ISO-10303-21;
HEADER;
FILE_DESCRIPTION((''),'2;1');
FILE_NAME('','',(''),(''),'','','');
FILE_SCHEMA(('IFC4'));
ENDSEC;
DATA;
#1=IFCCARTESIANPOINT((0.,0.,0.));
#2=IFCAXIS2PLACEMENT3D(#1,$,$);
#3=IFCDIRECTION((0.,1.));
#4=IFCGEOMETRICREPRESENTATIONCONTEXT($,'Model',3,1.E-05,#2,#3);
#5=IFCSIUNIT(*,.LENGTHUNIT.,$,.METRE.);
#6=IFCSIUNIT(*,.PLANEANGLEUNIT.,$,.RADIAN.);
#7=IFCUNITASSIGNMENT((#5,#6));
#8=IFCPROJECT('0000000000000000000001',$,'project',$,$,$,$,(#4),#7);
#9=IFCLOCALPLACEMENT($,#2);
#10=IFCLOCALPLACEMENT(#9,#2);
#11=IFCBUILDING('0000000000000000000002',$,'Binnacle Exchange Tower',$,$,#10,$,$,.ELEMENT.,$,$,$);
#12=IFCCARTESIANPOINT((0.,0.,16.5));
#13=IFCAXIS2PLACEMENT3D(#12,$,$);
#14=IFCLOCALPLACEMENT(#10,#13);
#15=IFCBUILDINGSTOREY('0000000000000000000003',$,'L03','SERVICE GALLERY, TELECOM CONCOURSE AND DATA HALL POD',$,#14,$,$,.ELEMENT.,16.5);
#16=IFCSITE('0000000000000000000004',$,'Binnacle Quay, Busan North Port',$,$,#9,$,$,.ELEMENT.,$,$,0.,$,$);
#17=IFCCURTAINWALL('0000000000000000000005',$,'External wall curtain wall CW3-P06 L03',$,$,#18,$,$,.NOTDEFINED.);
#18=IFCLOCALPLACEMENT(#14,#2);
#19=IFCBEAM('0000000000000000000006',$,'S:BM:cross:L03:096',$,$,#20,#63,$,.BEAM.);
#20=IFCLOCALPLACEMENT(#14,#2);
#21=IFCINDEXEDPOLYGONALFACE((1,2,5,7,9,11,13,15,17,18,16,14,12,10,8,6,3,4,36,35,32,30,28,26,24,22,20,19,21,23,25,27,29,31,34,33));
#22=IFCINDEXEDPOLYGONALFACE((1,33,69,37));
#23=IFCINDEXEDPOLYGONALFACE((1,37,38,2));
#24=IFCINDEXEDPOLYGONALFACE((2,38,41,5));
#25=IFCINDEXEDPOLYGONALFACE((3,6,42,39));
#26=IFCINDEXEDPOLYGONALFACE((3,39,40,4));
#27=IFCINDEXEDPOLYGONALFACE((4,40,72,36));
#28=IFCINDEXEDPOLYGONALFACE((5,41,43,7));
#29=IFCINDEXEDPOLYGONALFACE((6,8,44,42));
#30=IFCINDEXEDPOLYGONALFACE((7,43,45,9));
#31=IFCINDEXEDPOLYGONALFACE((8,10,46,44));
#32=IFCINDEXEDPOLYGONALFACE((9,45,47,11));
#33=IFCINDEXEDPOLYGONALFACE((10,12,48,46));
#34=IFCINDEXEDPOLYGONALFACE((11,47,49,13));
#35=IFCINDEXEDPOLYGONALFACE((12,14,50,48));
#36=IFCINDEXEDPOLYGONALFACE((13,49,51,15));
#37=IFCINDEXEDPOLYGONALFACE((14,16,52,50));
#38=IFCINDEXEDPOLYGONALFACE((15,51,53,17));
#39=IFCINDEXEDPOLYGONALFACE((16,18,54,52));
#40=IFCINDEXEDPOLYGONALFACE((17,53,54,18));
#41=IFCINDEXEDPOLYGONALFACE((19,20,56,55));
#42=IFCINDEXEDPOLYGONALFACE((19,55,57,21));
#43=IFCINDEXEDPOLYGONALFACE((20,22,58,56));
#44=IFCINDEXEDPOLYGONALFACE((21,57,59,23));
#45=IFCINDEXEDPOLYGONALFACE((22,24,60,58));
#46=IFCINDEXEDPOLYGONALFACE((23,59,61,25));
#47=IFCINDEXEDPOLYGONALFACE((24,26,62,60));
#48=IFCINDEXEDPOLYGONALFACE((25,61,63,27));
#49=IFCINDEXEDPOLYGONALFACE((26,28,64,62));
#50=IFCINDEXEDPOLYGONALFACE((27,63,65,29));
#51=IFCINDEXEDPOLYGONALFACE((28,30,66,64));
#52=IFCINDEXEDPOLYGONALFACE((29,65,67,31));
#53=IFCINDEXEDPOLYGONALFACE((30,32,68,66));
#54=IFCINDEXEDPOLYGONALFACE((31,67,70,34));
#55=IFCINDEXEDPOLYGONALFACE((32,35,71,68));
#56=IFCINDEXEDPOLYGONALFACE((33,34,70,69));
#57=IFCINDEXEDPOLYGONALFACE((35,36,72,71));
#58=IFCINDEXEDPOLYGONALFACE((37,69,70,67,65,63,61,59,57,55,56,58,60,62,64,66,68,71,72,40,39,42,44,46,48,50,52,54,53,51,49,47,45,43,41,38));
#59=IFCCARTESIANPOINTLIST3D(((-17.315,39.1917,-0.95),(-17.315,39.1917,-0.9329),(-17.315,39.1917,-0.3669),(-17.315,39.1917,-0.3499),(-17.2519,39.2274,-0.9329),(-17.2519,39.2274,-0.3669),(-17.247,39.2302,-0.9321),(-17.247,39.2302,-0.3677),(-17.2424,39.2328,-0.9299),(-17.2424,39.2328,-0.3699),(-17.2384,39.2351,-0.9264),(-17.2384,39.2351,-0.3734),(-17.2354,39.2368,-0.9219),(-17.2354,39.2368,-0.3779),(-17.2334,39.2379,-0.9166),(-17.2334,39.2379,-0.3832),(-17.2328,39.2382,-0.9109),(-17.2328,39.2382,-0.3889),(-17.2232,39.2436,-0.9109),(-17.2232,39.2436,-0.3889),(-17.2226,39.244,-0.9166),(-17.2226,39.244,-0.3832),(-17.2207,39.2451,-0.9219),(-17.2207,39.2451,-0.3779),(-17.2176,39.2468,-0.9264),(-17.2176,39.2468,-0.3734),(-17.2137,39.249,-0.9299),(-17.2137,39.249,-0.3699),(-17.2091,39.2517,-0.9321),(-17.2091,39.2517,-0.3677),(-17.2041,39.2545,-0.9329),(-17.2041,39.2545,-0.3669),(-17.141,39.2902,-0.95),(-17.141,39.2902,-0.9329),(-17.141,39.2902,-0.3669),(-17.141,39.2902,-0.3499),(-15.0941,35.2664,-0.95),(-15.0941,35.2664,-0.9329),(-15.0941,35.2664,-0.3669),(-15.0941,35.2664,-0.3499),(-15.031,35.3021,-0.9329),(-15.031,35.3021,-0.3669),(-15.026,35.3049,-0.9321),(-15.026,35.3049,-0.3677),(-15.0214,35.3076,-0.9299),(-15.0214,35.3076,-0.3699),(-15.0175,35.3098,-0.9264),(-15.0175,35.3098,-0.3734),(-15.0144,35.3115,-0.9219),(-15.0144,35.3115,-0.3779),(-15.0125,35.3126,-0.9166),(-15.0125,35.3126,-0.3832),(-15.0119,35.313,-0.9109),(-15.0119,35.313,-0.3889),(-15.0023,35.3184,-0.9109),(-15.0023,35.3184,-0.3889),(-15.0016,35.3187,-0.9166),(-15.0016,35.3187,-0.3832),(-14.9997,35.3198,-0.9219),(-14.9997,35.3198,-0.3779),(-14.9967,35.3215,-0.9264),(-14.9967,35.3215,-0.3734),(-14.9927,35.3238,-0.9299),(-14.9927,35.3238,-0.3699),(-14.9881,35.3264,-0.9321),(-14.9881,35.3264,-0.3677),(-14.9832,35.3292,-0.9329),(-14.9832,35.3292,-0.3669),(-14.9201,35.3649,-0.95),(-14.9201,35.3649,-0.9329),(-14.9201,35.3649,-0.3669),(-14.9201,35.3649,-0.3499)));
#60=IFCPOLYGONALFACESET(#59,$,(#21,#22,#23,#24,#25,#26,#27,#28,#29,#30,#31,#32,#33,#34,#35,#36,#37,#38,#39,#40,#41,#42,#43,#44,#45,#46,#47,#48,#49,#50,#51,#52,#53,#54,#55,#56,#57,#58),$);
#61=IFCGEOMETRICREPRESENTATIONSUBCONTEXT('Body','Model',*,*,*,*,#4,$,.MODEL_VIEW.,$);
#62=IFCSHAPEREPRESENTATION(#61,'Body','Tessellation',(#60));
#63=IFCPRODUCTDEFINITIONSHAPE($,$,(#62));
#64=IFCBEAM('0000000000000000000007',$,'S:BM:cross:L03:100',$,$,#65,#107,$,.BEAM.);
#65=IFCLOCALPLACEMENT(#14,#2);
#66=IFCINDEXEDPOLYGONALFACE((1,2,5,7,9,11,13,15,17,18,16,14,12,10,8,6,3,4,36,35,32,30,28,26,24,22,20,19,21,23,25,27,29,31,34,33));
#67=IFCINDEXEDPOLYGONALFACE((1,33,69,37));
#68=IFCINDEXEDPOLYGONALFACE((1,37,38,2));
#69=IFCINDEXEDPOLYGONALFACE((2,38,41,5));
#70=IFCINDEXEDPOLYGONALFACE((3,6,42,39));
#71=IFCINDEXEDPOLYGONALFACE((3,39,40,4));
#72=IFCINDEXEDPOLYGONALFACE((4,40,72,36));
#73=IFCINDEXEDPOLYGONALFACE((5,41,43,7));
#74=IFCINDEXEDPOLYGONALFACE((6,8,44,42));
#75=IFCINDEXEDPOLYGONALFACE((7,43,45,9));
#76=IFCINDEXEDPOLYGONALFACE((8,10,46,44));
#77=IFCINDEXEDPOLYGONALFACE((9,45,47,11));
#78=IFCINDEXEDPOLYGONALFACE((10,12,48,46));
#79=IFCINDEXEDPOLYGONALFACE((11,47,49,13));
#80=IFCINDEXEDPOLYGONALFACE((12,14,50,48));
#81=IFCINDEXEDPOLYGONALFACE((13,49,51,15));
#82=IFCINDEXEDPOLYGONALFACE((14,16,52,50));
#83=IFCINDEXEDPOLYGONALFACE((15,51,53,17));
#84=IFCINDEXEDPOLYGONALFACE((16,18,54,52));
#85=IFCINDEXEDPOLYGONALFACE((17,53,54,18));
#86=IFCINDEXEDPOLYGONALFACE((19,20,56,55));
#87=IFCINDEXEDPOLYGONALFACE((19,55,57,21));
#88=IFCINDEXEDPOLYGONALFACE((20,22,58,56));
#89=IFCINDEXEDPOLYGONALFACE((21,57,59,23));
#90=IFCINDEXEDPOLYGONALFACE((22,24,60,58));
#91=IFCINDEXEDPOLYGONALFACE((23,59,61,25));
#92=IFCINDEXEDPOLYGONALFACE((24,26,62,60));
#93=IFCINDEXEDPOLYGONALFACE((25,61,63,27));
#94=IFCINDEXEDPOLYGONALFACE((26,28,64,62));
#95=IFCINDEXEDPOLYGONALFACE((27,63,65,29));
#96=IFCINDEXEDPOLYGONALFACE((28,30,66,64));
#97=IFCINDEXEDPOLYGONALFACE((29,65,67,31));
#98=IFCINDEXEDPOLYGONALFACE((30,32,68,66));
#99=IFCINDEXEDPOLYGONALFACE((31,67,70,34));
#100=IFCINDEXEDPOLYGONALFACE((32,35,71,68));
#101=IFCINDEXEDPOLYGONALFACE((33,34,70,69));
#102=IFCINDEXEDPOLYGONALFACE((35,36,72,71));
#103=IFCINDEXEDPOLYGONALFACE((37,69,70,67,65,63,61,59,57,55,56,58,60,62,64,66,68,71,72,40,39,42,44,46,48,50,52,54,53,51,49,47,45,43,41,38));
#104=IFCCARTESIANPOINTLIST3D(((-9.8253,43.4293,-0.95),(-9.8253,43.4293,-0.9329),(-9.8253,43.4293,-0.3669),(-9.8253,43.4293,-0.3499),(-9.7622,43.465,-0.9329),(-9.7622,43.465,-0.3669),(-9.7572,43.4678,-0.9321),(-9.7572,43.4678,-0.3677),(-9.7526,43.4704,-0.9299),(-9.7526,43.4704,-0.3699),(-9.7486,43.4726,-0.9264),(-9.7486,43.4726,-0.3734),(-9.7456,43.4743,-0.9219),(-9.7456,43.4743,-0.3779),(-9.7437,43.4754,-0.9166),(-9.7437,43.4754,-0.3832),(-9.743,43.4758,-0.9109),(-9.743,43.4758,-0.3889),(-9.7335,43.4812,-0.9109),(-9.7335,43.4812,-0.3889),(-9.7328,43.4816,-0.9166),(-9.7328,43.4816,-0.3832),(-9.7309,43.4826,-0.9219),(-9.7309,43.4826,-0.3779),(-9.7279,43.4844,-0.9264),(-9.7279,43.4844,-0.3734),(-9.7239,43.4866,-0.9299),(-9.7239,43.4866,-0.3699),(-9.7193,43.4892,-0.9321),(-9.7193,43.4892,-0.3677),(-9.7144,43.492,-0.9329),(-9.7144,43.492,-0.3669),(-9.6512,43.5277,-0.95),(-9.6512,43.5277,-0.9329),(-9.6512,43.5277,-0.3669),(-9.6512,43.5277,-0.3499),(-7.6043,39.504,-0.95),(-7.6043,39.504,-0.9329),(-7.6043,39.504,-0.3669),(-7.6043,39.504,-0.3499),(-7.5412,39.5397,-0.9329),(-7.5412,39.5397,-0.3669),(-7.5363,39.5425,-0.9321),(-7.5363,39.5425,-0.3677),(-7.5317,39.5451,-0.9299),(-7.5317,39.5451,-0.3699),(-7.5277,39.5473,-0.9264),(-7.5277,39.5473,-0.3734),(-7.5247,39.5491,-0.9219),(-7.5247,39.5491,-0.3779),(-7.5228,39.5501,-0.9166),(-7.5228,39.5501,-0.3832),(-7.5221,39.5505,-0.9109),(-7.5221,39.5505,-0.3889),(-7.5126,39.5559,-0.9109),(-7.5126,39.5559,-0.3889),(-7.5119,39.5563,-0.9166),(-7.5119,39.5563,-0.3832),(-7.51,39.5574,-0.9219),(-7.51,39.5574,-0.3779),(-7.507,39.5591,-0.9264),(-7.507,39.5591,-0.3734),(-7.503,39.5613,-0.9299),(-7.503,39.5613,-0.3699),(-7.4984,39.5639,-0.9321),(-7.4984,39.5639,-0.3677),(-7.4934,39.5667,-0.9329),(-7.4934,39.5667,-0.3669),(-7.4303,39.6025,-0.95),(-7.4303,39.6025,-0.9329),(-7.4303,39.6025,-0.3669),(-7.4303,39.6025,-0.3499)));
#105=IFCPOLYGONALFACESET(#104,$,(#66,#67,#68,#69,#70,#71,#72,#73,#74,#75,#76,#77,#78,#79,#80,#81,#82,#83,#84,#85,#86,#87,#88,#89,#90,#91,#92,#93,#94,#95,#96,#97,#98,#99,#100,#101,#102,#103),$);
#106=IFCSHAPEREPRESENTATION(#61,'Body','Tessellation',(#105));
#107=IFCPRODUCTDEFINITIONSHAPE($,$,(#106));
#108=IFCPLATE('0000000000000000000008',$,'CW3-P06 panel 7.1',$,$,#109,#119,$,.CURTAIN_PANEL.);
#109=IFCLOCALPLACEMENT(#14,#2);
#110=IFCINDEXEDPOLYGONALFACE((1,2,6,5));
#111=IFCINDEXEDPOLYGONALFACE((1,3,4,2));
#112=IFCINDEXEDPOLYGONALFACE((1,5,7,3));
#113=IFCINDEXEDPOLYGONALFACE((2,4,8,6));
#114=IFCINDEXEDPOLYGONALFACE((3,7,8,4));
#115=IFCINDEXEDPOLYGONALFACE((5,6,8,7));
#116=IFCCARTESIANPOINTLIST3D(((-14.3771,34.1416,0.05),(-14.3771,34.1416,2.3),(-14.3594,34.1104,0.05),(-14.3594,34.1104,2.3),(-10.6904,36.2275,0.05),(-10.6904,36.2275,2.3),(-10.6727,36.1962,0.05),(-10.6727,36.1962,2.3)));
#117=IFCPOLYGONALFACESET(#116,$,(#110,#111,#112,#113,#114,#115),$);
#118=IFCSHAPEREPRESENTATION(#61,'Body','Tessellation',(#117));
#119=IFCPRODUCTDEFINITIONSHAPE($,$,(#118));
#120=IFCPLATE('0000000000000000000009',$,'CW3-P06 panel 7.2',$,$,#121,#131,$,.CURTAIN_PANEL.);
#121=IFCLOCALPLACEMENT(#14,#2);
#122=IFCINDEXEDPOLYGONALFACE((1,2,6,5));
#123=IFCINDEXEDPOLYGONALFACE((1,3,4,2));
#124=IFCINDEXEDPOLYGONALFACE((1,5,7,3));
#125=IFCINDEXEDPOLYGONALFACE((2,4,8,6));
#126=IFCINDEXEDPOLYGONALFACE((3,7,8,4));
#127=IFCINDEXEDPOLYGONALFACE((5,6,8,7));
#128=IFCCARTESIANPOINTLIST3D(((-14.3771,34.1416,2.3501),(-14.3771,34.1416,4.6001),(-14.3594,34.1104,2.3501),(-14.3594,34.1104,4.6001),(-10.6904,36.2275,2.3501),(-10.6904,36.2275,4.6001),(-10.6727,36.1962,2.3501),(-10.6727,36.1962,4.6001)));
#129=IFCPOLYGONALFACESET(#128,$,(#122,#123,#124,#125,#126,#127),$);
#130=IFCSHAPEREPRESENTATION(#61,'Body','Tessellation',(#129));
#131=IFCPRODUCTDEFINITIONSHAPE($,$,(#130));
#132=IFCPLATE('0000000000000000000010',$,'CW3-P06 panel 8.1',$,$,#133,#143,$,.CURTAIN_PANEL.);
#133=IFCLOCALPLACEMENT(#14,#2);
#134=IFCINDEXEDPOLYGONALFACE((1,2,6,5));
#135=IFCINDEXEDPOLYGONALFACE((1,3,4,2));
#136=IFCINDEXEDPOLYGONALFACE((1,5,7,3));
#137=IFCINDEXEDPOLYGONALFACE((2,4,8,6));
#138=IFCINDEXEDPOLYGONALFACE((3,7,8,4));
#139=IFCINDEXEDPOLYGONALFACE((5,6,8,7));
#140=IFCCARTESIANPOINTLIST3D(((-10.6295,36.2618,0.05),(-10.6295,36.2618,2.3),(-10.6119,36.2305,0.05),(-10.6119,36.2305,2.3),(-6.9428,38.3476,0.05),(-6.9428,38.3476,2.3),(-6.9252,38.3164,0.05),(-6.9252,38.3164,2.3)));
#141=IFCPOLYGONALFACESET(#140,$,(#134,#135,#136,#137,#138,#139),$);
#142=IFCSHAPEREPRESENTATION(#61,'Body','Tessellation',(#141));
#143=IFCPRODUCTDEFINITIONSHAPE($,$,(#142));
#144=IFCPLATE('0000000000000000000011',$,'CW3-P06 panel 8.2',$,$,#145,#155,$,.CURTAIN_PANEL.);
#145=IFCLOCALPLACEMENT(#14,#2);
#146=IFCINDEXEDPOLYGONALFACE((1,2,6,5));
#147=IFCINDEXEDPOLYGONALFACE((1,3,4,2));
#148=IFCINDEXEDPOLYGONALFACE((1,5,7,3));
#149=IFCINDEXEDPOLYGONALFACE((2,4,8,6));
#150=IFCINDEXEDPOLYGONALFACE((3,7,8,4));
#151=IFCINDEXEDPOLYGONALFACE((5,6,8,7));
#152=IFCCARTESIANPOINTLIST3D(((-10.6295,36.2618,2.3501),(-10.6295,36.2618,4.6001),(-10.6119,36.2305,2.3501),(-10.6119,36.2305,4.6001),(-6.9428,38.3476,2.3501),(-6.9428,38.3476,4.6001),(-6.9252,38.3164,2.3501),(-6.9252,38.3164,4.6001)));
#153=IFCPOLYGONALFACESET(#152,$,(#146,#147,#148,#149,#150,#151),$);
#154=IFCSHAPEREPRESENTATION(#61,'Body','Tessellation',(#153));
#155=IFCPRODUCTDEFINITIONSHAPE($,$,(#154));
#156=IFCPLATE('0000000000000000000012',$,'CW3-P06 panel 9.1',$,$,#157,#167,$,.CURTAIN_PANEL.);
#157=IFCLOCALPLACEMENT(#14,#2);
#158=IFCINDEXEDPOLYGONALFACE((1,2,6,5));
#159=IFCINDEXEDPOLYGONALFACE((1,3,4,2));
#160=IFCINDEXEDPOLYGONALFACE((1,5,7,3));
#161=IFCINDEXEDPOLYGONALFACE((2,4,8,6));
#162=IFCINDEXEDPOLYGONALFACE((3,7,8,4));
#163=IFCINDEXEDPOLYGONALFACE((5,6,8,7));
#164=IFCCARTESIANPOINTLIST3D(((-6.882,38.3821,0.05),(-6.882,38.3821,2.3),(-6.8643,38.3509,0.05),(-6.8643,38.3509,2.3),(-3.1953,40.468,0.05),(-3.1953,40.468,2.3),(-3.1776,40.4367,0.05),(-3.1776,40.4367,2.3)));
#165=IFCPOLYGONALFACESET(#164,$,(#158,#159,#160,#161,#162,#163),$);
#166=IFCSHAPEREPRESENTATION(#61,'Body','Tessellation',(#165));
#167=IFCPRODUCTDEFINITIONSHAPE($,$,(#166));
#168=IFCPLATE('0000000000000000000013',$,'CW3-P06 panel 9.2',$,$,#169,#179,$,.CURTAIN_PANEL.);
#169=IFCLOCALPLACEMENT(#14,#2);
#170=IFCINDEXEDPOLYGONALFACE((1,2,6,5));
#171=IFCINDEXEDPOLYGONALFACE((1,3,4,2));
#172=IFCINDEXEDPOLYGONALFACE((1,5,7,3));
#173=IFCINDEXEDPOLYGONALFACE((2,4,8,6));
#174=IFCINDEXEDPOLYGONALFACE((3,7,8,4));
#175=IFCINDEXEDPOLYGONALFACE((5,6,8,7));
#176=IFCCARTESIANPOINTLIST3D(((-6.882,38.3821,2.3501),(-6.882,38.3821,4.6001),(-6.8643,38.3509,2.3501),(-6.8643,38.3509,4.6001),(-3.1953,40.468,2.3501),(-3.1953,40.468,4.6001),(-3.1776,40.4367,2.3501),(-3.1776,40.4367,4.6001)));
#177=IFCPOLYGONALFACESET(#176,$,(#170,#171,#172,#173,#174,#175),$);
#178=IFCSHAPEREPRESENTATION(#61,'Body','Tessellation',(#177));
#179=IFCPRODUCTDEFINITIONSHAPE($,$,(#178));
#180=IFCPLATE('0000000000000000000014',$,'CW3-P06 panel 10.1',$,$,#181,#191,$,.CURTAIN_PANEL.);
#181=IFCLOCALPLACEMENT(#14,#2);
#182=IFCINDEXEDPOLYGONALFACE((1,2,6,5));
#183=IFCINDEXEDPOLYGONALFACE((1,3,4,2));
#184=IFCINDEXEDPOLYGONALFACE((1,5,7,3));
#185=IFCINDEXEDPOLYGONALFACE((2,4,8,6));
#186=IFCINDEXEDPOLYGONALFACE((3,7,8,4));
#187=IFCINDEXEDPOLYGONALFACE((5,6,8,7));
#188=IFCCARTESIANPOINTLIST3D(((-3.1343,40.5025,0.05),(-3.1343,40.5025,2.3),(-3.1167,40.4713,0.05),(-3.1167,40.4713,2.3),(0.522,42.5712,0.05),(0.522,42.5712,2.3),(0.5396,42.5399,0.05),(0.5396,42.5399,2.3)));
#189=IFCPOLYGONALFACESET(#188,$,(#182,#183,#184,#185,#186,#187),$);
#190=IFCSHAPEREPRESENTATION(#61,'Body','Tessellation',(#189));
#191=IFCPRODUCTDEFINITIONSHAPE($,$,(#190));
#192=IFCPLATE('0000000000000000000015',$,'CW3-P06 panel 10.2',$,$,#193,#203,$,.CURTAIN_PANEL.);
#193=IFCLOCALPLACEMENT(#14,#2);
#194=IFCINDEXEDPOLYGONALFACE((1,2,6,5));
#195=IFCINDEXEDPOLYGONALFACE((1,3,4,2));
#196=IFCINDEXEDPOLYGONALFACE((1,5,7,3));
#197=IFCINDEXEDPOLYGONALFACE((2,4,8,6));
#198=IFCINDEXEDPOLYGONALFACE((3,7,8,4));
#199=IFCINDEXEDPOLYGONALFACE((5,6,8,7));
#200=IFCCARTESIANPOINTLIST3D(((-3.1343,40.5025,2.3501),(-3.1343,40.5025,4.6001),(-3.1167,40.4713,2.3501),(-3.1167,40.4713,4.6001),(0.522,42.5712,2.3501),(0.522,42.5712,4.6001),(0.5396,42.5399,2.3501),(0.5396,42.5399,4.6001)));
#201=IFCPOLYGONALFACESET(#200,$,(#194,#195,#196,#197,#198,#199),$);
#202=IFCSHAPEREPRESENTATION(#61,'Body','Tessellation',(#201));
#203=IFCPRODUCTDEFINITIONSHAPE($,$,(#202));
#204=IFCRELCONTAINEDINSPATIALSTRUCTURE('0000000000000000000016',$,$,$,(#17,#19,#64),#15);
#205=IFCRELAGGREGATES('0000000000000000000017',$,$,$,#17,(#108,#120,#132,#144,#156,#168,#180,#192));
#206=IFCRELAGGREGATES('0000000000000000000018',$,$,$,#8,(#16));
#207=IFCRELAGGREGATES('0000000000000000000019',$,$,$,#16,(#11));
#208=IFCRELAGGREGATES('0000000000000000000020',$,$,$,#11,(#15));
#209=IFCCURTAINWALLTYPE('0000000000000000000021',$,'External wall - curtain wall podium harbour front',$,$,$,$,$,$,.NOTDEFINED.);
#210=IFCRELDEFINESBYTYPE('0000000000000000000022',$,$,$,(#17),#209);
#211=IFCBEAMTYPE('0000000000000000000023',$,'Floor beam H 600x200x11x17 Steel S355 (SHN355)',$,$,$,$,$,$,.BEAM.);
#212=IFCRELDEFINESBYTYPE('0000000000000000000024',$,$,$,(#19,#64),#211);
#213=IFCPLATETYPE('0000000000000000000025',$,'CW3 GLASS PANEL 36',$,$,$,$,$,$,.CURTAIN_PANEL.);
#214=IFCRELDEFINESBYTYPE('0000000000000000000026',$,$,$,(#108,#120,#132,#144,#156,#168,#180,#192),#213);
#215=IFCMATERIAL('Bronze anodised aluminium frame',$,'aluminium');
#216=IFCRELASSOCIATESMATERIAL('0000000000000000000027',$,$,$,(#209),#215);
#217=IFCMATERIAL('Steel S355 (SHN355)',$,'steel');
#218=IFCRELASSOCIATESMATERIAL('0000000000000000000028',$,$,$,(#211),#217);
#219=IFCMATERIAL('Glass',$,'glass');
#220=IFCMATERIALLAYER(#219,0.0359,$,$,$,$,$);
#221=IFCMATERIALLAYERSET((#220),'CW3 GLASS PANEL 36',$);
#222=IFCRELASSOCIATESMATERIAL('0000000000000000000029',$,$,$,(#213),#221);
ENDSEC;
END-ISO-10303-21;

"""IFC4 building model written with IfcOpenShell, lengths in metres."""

from ifc_helpers import new_model, si_unit, direction, frame, origin, origin_2d, place, context, subcontext, project, spatial, rectangle, i_section, extrude, material, layer, layer_set, material_profile, profile_set, type_object, element, aggregate, save


model = new_model("IFC4")

# Units and contexts
model_context = context("Model", 3, precision=1e-05, world=origin(), true_north=direction((0.0, 1.0)))
body_context = subcontext(model_context, "Body", "Model", "MODEL_VIEW")
ifc_project = project(units=[si_unit("LENGTHUNIT", "METRE"), si_unit("PLANEANGLEUNIT", "RADIAN")], contexts=[model_context])

# Site, building, storey
site_placement = place(None, origin())
site = spatial("IfcSite", under=ifc_project, at=site_placement, Name="Binnacle Quay, Busan North Port", CompositionType="ELEMENT", RefElevation=0.0)
building_placement = place(site_placement, origin())
building = spatial("IfcBuilding", under=site, at=building_placement, Name="Binnacle Exchange Tower", CompositionType="ELEMENT")
storey_placement = place(building_placement, frame((0.0, 0.0, 16.5)))
storey = spatial("IfcBuildingStorey", under=building, at=storey_placement, Name="L03", Description="SERVICE GALLERY, TELECOM CONCOURSE AND DATA HALL POD", CompositionType="ELEMENT", Elevation=16.5)

# Curtain wall
ifc_material_1 = material(Name="Bronze anodised aluminium frame", Category="aluminium")
curtain_wall_type = type_object("IfcCurtainWallType", Name="External wall - curtain wall podium harbour front", PredefinedType="NOTDEFINED", material=ifc_material_1)
curtain_wall_placement = place(storey_placement, origin())
curtain_wall = element("IfcCurtainWall", 1, at=curtain_wall_placement, inside=storey, type_object=curtain_wall_type, Name="External wall curtain wall CW3-P06 L03", PredefinedType="NOTDEFINED")

# Beams
ifc_material_2 = material(Name="Steel S355 (SHN355)", Category="steel")
ifc_material_profile_1 = material_profile(ifc_material_2, i_section(OverallWidth=0.2, OverallDepth=0.6001, WebThickness=0.011, FlangeThickness=0.0171, FilletRadius=0.022, at=origin_2d()), Name="H 600x200x11x17")
ifc_profile_set_1 = profile_set([ifc_material_profile_1], Name="Steel S355 (SHN355)")
beam_type_1 = type_object("IfcBeamType", Name="Floor beam H 600x200x11x17 Steel S355 (SHN355)", PredefinedType="BEAM", material=ifc_profile_set_1)
for number, where, z_axis, x_axis, name in (
    (2, (-15.0071, 35.3157, -0.6499), (-0.492444, 0.870344, 0.0), (-0.870344, -0.492444, 0.0), "S:BM:cross:L03:096"),
    (3, (-7.5173, 39.5532, -0.6499), (-0.492444, 0.870344, 0.0), (-0.870344, -0.492444, 0.0), "S:BM:cross:L03:100"),
):
    element("IfcBeam", number, at=place(storey_placement, frame(where, z_axis=z_axis, x_axis=x_axis)), inside=storey, type_object=beam_type_1, Name=name, PredefinedType="BEAM", context=body_context, shape_type="SweptSolid", body=[
        extrude(i_section(OverallWidth=0.2, OverallDepth=0.6001, WebThickness=0.011, FlangeThickness=0.0171, FilletRadius=0.022, at=origin_2d()), origin(), (0.0, 0.0, 1.0), 4.51),
    ])

# Plates
ifc_material_3 = material(Name="Glass", Category="glass")
ifc_layer = layer(ifc_material_3, 0.0359)
ifc_layer_set = layer_set([ifc_layer], Name="CW3 GLASS PANEL 36")
plate_type = type_object("IfcPlateType", Name="CW3 GLASS PANEL 36", PredefinedType="CURTAIN_PANEL", material=ifc_layer_set)
plate_1_placement = place(storey_placement, frame((-12.5249, 35.1689, 0.05), z_axis=(0.0, 0.0, 1.0), x_axis=(0.870356, 0.492424, 0.0)))
plate_1 = element("IfcPlate", 4, at=plate_1_placement, type_object=plate_type, Name="CW3-P06 panel 7.1", PredefinedType="CURTAIN_PANEL", context=body_context, shape_type="SweptSolid", body=[
    extrude(rectangle(XDim=4.2358, YDim=0.0359, at=origin_2d()), origin(), (0.0, 0.0, 1.0), 2.25),
])
plate_2_placement = place(storey_placement, frame((-12.5249, 35.1689, 2.3501), z_axis=(0.0, 0.0, 1.0), x_axis=(0.870356, 0.492424, 0.0)))
plate_2 = element("IfcPlate", 5, at=plate_2_placement, type_object=plate_type, Name="CW3-P06 panel 7.2", PredefinedType="CURTAIN_PANEL", context=body_context, shape_type="SweptSolid", body=[
    extrude(rectangle(XDim=4.2358, YDim=0.0359, at=origin_2d()), origin(), (0.0, 0.0, 1.0), 2.25),
])
plate_3_placement = place(storey_placement, frame((-8.7773, 37.2891, 0.05), z_axis=(0.0, 0.0, 1.0), x_axis=(0.870356, 0.492424, 0.0)))
plate_3 = element("IfcPlate", 6, at=plate_3_placement, type_object=plate_type, Name="CW3-P06 panel 8.1", PredefinedType="CURTAIN_PANEL", context=body_context, shape_type="SweptSolid", body=[
    extrude(rectangle(XDim=4.2358, YDim=0.0359, at=origin_2d()), origin(), (0.0, 0.0, 1.0), 2.25),
])
plate_4_placement = place(storey_placement, frame((-8.7773, 37.2891, 2.3501), z_axis=(0.0, 0.0, 1.0), x_axis=(0.870356, 0.492424, 0.0)))
plate_4 = element("IfcPlate", 7, at=plate_4_placement, type_object=plate_type, Name="CW3-P06 panel 8.2", PredefinedType="CURTAIN_PANEL", context=body_context, shape_type="SweptSolid", body=[
    extrude(rectangle(XDim=4.2358, YDim=0.0359, at=origin_2d()), origin(), (0.0, 0.0, 1.0), 2.25),
])
plate_5_placement = place(storey_placement, frame((-5.0298, 39.4094, 0.05), z_axis=(0.0, 0.0, 1.0), x_axis=(0.870356, 0.492424, 0.0)))
plate_5 = element("IfcPlate", 8, at=plate_5_placement, type_object=plate_type, Name="CW3-P06 panel 9.1", PredefinedType="CURTAIN_PANEL", context=body_context, shape_type="SweptSolid", body=[
    extrude(rectangle(XDim=4.2358, YDim=0.0359, at=origin_2d()), origin(), (0.0, 0.0, 1.0), 2.25),
])
plate_6_placement = place(storey_placement, frame((-5.0298, 39.4094, 2.3501), z_axis=(0.0, 0.0, 1.0), x_axis=(0.870356, 0.492424, 0.0)))
plate_6 = element("IfcPlate", 9, at=plate_6_placement, type_object=plate_type, Name="CW3-P06 panel 9.2", PredefinedType="CURTAIN_PANEL", context=body_context, shape_type="SweptSolid", body=[
    extrude(rectangle(XDim=4.2358, YDim=0.0359, at=origin_2d()), origin(), (0.0, 0.0, 1.0), 2.25),
])
plate_7_placement = place(storey_placement, frame((-1.2974, 41.5212, 0.05), z_axis=(0.0, 0.0, 1.0), x_axis=(0.870356, 0.492424, 0.0)))
plate_7 = element("IfcPlate", 10, at=plate_7_placement, type_object=plate_type, Name="CW3-P06 panel 10.1", PredefinedType="CURTAIN_PANEL", context=body_context, shape_type="SweptSolid", body=[
    extrude(rectangle(XDim=4.2009, YDim=0.0359, at=origin_2d()), origin(), (0.0, 0.0, 1.0), 2.25),
])
plate_8_placement = place(storey_placement, frame((-1.2974, 41.5212, 2.3501), z_axis=(0.0, 0.0, 1.0), x_axis=(0.870356, 0.492424, 0.0)))
plate_8 = element("IfcPlate", 11, at=plate_8_placement, type_object=plate_type, Name="CW3-P06 panel 10.2", PredefinedType="CURTAIN_PANEL", context=body_context, shape_type="SweptSolid", body=[
    extrude(rectangle(XDim=4.2009, YDim=0.0359, at=origin_2d()), origin(), (0.0, 0.0, 1.0), 2.25),
])
aggregate(curtain_wall, [plate_1, plate_2, plate_3, plate_4, plate_5, plate_6, plate_7, plate_8])

save(model, "model.ifc")
